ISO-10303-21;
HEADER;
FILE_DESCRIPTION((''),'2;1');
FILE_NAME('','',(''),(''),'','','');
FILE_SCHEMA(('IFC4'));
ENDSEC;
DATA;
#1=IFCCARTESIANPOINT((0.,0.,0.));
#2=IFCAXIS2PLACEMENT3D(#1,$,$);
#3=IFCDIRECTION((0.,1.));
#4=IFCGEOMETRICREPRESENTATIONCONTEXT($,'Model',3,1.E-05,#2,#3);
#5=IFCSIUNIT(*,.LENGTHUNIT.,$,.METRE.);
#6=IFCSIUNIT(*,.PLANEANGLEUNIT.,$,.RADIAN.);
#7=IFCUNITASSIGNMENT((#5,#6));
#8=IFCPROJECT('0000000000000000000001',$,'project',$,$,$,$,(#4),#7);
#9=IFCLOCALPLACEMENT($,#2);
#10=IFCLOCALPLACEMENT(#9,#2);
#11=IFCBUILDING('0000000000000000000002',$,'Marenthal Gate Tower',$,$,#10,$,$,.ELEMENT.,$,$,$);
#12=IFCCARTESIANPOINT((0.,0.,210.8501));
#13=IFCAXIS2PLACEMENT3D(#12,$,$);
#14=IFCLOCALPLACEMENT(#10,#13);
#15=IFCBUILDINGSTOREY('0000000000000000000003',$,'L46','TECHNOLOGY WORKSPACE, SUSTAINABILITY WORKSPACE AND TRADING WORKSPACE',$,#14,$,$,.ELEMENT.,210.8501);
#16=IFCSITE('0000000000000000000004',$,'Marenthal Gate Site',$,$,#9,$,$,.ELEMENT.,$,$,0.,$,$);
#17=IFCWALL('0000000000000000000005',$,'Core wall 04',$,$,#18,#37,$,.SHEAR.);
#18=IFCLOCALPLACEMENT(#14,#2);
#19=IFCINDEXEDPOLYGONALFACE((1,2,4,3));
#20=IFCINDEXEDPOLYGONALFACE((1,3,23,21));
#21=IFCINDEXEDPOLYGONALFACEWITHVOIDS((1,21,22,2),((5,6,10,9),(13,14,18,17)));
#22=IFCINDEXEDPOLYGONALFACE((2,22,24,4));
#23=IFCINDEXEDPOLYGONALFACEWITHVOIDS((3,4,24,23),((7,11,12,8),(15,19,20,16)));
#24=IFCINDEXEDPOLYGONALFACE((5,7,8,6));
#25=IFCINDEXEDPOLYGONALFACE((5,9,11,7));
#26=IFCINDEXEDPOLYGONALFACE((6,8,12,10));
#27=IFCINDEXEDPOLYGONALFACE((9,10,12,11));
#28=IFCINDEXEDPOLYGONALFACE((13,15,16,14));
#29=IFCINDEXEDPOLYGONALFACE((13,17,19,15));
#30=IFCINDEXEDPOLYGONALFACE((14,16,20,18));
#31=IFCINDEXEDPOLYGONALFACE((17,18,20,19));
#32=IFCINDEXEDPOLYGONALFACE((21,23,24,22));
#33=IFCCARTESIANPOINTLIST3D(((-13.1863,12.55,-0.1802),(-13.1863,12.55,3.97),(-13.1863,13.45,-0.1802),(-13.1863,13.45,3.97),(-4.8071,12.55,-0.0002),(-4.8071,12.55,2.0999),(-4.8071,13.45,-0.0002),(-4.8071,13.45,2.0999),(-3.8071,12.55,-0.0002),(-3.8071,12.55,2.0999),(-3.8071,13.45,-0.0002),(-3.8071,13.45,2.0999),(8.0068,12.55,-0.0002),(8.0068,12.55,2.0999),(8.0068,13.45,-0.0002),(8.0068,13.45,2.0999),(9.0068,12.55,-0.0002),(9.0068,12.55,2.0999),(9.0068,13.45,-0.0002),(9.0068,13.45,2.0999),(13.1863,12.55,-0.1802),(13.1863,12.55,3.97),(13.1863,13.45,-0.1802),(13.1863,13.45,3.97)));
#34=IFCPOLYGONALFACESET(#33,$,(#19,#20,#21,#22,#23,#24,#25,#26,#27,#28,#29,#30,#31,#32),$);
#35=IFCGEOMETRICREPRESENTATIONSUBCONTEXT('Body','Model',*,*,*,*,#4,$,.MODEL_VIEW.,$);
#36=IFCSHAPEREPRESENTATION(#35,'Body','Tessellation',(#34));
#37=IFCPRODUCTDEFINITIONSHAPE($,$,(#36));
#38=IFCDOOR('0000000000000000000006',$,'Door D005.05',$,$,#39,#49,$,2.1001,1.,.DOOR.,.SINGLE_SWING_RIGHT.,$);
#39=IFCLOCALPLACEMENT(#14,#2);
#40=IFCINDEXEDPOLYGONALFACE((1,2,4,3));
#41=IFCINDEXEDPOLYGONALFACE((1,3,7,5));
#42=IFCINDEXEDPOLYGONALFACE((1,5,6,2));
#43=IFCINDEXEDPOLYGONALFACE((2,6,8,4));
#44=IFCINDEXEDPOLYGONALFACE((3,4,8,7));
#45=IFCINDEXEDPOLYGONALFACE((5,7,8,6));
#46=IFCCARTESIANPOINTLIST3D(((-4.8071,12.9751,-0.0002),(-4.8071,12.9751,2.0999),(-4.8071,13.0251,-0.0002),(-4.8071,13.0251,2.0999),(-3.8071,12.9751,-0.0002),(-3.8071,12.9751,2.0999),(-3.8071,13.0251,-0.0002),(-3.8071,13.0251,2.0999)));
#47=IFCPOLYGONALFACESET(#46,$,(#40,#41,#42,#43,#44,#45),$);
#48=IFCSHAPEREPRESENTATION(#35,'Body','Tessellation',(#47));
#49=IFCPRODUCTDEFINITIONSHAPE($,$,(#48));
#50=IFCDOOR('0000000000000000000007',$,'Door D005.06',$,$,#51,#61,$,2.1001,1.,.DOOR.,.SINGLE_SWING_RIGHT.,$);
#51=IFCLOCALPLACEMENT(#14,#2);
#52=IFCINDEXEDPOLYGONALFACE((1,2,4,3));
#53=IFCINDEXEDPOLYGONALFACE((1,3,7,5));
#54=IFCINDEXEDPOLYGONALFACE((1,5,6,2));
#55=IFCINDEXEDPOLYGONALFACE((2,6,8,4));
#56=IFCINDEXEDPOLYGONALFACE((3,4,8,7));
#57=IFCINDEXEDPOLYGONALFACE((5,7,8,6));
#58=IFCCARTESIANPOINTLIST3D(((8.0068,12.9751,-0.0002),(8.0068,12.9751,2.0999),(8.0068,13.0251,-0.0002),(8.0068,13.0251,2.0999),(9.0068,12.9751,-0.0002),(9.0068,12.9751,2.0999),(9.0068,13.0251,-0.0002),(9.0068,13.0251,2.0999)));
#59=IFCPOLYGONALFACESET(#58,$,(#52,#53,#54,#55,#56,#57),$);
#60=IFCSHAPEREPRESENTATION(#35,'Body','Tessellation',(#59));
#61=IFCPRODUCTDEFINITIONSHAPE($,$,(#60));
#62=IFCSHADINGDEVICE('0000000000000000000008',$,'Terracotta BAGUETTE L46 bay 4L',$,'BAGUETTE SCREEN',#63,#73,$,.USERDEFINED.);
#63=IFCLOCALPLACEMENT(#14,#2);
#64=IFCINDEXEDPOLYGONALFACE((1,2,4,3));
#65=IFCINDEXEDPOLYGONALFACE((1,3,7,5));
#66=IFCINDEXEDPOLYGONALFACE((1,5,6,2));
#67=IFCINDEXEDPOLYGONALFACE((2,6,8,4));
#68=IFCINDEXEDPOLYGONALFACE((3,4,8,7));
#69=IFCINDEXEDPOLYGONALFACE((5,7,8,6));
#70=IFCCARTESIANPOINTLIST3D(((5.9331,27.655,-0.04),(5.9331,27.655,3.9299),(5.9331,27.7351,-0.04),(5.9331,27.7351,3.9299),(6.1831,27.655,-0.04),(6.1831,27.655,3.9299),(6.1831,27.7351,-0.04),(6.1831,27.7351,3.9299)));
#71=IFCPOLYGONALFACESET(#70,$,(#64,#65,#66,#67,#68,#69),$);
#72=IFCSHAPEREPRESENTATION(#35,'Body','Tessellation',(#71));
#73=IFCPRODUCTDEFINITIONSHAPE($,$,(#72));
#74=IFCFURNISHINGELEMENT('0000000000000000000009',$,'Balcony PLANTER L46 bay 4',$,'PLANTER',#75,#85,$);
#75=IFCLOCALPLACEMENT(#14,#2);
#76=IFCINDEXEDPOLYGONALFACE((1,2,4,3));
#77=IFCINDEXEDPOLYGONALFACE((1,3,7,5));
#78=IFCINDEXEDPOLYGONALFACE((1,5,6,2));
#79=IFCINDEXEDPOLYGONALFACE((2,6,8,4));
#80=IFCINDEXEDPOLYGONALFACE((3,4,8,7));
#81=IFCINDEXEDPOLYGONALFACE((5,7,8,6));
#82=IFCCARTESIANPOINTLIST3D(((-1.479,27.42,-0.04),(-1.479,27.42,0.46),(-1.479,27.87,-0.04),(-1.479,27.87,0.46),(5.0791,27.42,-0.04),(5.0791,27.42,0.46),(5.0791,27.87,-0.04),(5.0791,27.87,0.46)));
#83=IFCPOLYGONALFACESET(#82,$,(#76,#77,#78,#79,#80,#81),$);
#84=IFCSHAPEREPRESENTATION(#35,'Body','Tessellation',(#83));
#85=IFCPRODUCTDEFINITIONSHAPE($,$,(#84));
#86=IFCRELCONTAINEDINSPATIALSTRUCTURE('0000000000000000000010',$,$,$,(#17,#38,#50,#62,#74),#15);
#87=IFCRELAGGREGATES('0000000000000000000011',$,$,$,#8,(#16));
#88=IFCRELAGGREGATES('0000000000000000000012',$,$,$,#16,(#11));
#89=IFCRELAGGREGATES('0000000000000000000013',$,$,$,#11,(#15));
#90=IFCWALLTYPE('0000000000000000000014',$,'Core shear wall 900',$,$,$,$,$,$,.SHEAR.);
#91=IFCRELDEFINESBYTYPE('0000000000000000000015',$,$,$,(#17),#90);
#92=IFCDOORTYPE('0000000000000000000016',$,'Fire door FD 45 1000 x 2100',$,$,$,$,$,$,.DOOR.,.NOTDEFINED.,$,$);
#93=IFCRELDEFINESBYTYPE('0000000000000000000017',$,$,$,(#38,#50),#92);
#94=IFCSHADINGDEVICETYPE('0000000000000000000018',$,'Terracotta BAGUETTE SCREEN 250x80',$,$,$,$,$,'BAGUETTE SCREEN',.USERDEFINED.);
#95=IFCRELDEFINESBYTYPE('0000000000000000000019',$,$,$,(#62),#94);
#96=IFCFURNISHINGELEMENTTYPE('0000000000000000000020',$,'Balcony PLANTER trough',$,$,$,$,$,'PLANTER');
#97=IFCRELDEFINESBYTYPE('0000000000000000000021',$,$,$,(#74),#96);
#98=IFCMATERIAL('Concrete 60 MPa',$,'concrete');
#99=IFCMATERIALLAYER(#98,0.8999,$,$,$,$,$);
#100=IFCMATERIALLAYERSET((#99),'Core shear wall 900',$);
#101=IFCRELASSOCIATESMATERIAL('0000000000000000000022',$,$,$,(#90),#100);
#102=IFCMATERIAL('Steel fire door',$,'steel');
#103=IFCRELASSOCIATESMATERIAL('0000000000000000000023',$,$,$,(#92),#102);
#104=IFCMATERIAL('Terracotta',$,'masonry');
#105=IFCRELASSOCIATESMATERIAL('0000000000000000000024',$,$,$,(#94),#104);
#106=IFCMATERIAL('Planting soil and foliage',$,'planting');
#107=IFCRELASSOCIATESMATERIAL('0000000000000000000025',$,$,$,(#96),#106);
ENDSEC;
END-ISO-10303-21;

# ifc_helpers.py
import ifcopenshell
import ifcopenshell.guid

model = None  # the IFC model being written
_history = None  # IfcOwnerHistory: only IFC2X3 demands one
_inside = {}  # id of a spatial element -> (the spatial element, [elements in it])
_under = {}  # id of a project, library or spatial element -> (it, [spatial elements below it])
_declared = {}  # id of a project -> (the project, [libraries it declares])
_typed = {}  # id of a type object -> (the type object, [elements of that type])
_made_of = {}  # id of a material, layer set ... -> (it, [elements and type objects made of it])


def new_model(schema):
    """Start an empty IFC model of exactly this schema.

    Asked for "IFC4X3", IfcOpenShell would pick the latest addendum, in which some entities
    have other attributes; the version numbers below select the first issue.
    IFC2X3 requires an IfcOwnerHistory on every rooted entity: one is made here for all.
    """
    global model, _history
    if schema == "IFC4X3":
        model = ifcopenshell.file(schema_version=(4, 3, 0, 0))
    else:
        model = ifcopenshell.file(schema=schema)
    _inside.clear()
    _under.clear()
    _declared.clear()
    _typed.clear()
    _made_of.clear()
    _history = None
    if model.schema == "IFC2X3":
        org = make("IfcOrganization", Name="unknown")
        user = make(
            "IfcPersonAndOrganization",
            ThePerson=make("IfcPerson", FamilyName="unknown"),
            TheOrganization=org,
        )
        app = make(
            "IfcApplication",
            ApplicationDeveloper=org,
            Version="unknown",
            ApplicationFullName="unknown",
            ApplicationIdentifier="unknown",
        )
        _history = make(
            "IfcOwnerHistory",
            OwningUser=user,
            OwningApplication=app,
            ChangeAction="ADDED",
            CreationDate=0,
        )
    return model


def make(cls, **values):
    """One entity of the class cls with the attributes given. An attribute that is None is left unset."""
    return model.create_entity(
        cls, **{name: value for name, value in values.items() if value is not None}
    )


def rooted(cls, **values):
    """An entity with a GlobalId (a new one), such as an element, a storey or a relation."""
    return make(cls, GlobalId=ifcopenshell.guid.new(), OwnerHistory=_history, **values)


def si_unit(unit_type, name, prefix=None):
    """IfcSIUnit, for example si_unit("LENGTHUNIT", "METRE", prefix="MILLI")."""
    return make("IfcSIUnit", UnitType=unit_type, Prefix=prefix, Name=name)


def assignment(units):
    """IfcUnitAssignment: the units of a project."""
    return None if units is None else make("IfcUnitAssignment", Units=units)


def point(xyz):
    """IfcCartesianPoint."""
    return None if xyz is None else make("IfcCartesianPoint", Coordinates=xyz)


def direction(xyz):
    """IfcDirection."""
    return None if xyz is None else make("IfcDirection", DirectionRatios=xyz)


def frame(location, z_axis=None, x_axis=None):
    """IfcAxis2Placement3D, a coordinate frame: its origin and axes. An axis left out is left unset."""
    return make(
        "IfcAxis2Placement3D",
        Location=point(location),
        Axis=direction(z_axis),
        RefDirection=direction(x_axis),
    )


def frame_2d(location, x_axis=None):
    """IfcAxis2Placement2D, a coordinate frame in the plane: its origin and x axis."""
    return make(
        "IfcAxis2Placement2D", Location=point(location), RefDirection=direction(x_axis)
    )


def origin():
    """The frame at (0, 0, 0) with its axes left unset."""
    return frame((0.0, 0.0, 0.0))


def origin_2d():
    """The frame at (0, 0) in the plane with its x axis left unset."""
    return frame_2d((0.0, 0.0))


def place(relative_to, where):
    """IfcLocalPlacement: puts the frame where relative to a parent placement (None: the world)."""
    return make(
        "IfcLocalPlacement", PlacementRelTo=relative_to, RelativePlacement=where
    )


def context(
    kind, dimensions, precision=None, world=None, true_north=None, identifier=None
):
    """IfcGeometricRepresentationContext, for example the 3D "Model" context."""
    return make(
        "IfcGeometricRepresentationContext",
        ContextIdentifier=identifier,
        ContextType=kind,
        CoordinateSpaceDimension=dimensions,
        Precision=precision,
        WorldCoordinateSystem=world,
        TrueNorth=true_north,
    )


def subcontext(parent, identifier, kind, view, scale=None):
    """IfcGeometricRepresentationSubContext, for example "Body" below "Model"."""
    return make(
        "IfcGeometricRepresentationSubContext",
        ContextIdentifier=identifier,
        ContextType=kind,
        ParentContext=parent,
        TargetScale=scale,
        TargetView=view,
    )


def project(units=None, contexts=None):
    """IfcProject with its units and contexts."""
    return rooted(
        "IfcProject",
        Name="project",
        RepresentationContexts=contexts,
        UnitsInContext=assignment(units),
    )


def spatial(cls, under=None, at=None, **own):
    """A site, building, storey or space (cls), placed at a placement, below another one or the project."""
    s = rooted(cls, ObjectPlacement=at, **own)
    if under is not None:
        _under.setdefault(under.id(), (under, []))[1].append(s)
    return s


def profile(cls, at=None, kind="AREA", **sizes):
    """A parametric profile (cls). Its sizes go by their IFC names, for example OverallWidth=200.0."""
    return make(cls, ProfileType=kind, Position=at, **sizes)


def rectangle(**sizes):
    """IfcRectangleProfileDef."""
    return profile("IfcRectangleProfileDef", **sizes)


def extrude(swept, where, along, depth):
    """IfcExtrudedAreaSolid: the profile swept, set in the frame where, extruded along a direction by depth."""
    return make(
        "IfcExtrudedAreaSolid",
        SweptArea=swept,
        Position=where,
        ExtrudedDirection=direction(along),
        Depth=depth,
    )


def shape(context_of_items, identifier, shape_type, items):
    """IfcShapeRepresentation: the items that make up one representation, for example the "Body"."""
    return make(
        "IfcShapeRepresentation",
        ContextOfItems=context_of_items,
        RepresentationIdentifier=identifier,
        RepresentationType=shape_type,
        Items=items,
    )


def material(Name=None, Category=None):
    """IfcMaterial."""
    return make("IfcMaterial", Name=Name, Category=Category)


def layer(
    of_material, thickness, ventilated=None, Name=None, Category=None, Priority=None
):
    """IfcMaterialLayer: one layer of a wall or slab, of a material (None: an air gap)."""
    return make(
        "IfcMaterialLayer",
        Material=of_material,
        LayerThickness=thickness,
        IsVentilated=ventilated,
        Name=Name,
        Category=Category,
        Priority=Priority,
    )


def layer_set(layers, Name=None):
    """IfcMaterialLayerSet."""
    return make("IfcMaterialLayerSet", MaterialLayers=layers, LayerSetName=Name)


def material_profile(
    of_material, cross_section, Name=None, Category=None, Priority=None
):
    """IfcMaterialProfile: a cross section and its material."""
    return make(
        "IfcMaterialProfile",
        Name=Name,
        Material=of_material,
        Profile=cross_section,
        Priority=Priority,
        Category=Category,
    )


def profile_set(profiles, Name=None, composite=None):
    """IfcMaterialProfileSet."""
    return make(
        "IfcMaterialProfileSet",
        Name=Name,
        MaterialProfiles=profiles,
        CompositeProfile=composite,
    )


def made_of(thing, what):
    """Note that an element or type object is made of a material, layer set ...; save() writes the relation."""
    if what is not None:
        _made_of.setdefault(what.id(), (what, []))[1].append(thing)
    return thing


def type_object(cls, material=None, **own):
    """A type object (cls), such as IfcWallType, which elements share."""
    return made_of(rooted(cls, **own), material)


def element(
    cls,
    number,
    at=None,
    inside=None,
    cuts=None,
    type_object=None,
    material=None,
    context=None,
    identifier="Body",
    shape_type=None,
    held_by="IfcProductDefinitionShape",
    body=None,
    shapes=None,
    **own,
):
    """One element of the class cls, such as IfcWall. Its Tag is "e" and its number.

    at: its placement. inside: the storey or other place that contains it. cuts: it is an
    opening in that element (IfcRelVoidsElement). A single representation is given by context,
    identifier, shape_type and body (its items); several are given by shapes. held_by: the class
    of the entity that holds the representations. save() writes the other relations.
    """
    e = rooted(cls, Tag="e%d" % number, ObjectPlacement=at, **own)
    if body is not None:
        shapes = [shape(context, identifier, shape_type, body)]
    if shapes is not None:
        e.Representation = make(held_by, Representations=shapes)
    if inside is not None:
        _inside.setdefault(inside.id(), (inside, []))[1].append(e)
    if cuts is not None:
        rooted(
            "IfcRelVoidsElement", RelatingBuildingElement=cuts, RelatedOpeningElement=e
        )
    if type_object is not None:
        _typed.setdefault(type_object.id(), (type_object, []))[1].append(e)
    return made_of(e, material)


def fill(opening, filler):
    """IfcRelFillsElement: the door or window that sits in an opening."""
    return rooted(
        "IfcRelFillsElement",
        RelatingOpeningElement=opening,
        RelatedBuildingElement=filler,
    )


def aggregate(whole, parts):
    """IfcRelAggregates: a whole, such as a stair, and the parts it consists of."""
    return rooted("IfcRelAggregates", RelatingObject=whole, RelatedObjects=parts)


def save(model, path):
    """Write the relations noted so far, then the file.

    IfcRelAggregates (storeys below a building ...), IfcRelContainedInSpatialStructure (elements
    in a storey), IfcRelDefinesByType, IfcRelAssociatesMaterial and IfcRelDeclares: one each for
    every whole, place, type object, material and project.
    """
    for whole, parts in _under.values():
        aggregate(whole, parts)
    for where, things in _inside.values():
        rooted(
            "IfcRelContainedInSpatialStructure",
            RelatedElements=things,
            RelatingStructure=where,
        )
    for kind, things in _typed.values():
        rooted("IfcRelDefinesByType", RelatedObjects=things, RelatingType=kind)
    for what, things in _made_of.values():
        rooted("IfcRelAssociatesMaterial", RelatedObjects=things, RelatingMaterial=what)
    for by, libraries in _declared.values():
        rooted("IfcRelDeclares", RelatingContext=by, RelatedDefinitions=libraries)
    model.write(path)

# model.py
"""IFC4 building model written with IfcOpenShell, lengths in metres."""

from ifc_helpers import new_model, si_unit, direction, frame, frame_2d, origin, origin_2d, place, context, subcontext, project, spatial, rectangle, extrude, material, layer, layer_set, material_profile, profile_set, type_object, element, fill, save


model = new_model("IFC4")

# Units and contexts
model_context = context("Model", 3, precision=1e-05, world=origin(), true_north=direction((0.0, 1.0)))
body_context = subcontext(model_context, "Body", "Model", "MODEL_VIEW")
ifc_project = project(units=[si_unit("LENGTHUNIT", "METRE"), si_unit("PLANEANGLEUNIT", "RADIAN")], contexts=[model_context])

# Site, building, storey
site_placement = place(None, origin())
site = spatial("IfcSite", under=ifc_project, at=site_placement, Name="Marenthal Gate Site", CompositionType="ELEMENT", RefElevation=0.0)
building_placement = place(site_placement, origin())
building = spatial("IfcBuilding", under=site, at=building_placement, Name="Marenthal Gate Tower", CompositionType="ELEMENT")
storey_placement = place(building_placement, frame((0.0, 0.0, 210.8501)))
storey = spatial("IfcBuildingStorey", under=building, at=storey_placement, Name="L46", Description="TECHNOLOGY WORKSPACE, SUSTAINABILITY WORKSPACE AND TRADING WORKSPACE", CompositionType="ELEMENT", Elevation=210.8501)

# Shared definitions
ifc_material_1 = material(Name="Concrete 60 MPa", Category="concrete")
ifc_layer_1 = layer(ifc_material_1, 0.8999)
ifc_layer_set_1 = layer_set([ifc_layer_1], Name="Core shear wall 900")
wall_type_1 = type_object("IfcWallType", Name="Core shear wall 900", PredefinedType="SHEAR", material=ifc_layer_set_1)

# Wall, openings, doors
wall_1_placement = place(storey_placement, frame((13.1863, 13.0, -0.1802), z_axis=(0.0, 0.0, 1.0), x_axis=(-1.0, 0.0, 0.0)))
wall_1 = element("IfcWall", 1, at=wall_1_placement, inside=storey, type_object=wall_type_1, Name="Core wall 04", PredefinedType="SHEAR", context=body_context, shape_type="SweptSolid", body=[
    extrude(rectangle(XDim=26.3726, YDim=0.8999, at=frame_2d((13.1863, 0.0))), origin(), (0.0, 0.0, 1.0), 4.1501),
])
opening_1_placement = place(wall_1_placement, frame((16.9934, 0.0, 0.1799)))
opening_1 = element("IfcOpeningElement", 2, at=opening_1_placement, cuts=wall_1, PredefinedType="OPENING", context=body_context, shape_type="SweptSolid", body=[
    extrude(rectangle(XDim=1.0, YDim=2.1001, at=frame_2d((0.5, 1.05))), frame((0.0, 0.46, 0.0), z_axis=(0.0, -1.0, 0.0), x_axis=(1.0, 0.0, 0.0)), (0.0, 0.0, 1.0), 0.9199),
])
opening_2_placement = place(wall_1_placement, frame((4.1794, 0.0, 0.1799)))
opening_2 = element("IfcOpeningElement", 3, at=opening_2_placement, cuts=wall_1, PredefinedType="OPENING", context=body_context, shape_type="SweptSolid", body=[
    extrude(rectangle(XDim=1.0, YDim=2.1001, at=frame_2d((0.5, 1.05))), frame((0.0, 0.46, 0.0), z_axis=(0.0, -1.0, 0.0), x_axis=(1.0, 0.0, 0.0)), (0.0, 0.0, 1.0), 0.9199),
])
ifc_material_2 = material(Name="Steel fire door", Category="steel")
door_type_1 = type_object("IfcDoorType", Name="Fire door FD 45 1000 x 2100", OperationType="NOTDEFINED", PredefinedType="DOOR", material=ifc_material_2)
door_1_placement = place(opening_1_placement, origin())
door_1 = element("IfcDoor", 4, at=door_1_placement, inside=storey, type_object=door_type_1, Name="Door D005.05", OperationType="SINGLE_SWING_RIGHT", OverallHeight=2.1001, OverallWidth=1.0, PredefinedType="DOOR", context=body_context, shape_type="SweptSolid", body=[
    extrude(rectangle(XDim=1.0, YDim=2.1001, at=frame_2d((0.5, 1.05))), frame((0.0, 0.0249, 0.0), z_axis=(0.0, -1.0, 0.0), x_axis=(1.0, 0.0, 0.0)), (0.0, 0.0, 1.0), 0.05),
])
fill(opening_1, door_1)
door_2_placement = place(opening_2_placement, origin())
door_2 = element("IfcDoor", 5, at=door_2_placement, inside=storey, type_object=door_type_1, Name="Door D005.06", OperationType="SINGLE_SWING_RIGHT", OverallHeight=2.1001, OverallWidth=1.0, PredefinedType="DOOR", context=body_context, shape_type="SweptSolid", body=[
    extrude(rectangle(XDim=1.0, YDim=2.1001, at=frame_2d((0.5, 1.05))), frame((0.0, 0.0249, 0.0), z_axis=(0.0, -1.0, 0.0), x_axis=(1.0, 0.0, 0.0)), (0.0, 0.0, 1.0), 0.05),
])
fill(opening_2, door_2)

# Shading device
ifc_material_3 = material(Name="Terracotta", Category="masonry")
ifc_material_profile_1 = material_profile(ifc_material_3, rectangle(XDim=0.25, YDim=0.0801, at=origin_2d()), Name="Terracotta baguette 250x80")
ifc_profile_set_1 = profile_set([ifc_material_profile_1], Name="Terracotta")
shading_device_type = type_object("IfcShadingDeviceType", Name="Terracotta BAGUETTE SCREEN 250x80", ElementType="BAGUETTE SCREEN", PredefinedType="USERDEFINED", material=ifc_profile_set_1)
shading_device_placement = place(storey_placement, frame((6.0581, 27.6951, -0.04), z_axis=(0.0, 0.0, 1.0), x_axis=(-1.0, 0.0, 0.0)))
element("IfcShadingDevice", 6, at=shading_device_placement, inside=storey, type_object=shading_device_type, Name="Terracotta BAGUETTE L46 bay 4L", ObjectType="BAGUETTE SCREEN", PredefinedType="USERDEFINED", context=body_context, shape_type="SweptSolid", body=[
    extrude(rectangle(XDim=0.25, YDim=0.0801, at=origin_2d()), origin(), (0.0, 0.0, 1.0), 3.97),
])

# Furnishing element
ifc_material_4 = material(Name="Planting soil and foliage", Category="planting")
furnishing_element_type = type_object("IfcFurnishingElementType", Name="Balcony PLANTER trough", ElementType="PLANTER", material=ifc_material_4)
furnishing_placement = place(storey_placement, frame((1.8, 27.645, -0.04), z_axis=(0.0, 0.0, 1.0), x_axis=(-1.0, 0.0, 0.0)))
element("IfcFurnishingElement", 7, at=furnishing_placement, inside=storey, type_object=furnishing_element_type, Name="Balcony PLANTER L46 bay 4", ObjectType="PLANTER", context=body_context, shape_type="SweptSolid", body=[
    extrude(rectangle(XDim=6.5581, YDim=0.45, at=origin_2d()), origin(), (0.0, 0.0, 1.0), 0.5),
])

save(model, "model.ifc")
